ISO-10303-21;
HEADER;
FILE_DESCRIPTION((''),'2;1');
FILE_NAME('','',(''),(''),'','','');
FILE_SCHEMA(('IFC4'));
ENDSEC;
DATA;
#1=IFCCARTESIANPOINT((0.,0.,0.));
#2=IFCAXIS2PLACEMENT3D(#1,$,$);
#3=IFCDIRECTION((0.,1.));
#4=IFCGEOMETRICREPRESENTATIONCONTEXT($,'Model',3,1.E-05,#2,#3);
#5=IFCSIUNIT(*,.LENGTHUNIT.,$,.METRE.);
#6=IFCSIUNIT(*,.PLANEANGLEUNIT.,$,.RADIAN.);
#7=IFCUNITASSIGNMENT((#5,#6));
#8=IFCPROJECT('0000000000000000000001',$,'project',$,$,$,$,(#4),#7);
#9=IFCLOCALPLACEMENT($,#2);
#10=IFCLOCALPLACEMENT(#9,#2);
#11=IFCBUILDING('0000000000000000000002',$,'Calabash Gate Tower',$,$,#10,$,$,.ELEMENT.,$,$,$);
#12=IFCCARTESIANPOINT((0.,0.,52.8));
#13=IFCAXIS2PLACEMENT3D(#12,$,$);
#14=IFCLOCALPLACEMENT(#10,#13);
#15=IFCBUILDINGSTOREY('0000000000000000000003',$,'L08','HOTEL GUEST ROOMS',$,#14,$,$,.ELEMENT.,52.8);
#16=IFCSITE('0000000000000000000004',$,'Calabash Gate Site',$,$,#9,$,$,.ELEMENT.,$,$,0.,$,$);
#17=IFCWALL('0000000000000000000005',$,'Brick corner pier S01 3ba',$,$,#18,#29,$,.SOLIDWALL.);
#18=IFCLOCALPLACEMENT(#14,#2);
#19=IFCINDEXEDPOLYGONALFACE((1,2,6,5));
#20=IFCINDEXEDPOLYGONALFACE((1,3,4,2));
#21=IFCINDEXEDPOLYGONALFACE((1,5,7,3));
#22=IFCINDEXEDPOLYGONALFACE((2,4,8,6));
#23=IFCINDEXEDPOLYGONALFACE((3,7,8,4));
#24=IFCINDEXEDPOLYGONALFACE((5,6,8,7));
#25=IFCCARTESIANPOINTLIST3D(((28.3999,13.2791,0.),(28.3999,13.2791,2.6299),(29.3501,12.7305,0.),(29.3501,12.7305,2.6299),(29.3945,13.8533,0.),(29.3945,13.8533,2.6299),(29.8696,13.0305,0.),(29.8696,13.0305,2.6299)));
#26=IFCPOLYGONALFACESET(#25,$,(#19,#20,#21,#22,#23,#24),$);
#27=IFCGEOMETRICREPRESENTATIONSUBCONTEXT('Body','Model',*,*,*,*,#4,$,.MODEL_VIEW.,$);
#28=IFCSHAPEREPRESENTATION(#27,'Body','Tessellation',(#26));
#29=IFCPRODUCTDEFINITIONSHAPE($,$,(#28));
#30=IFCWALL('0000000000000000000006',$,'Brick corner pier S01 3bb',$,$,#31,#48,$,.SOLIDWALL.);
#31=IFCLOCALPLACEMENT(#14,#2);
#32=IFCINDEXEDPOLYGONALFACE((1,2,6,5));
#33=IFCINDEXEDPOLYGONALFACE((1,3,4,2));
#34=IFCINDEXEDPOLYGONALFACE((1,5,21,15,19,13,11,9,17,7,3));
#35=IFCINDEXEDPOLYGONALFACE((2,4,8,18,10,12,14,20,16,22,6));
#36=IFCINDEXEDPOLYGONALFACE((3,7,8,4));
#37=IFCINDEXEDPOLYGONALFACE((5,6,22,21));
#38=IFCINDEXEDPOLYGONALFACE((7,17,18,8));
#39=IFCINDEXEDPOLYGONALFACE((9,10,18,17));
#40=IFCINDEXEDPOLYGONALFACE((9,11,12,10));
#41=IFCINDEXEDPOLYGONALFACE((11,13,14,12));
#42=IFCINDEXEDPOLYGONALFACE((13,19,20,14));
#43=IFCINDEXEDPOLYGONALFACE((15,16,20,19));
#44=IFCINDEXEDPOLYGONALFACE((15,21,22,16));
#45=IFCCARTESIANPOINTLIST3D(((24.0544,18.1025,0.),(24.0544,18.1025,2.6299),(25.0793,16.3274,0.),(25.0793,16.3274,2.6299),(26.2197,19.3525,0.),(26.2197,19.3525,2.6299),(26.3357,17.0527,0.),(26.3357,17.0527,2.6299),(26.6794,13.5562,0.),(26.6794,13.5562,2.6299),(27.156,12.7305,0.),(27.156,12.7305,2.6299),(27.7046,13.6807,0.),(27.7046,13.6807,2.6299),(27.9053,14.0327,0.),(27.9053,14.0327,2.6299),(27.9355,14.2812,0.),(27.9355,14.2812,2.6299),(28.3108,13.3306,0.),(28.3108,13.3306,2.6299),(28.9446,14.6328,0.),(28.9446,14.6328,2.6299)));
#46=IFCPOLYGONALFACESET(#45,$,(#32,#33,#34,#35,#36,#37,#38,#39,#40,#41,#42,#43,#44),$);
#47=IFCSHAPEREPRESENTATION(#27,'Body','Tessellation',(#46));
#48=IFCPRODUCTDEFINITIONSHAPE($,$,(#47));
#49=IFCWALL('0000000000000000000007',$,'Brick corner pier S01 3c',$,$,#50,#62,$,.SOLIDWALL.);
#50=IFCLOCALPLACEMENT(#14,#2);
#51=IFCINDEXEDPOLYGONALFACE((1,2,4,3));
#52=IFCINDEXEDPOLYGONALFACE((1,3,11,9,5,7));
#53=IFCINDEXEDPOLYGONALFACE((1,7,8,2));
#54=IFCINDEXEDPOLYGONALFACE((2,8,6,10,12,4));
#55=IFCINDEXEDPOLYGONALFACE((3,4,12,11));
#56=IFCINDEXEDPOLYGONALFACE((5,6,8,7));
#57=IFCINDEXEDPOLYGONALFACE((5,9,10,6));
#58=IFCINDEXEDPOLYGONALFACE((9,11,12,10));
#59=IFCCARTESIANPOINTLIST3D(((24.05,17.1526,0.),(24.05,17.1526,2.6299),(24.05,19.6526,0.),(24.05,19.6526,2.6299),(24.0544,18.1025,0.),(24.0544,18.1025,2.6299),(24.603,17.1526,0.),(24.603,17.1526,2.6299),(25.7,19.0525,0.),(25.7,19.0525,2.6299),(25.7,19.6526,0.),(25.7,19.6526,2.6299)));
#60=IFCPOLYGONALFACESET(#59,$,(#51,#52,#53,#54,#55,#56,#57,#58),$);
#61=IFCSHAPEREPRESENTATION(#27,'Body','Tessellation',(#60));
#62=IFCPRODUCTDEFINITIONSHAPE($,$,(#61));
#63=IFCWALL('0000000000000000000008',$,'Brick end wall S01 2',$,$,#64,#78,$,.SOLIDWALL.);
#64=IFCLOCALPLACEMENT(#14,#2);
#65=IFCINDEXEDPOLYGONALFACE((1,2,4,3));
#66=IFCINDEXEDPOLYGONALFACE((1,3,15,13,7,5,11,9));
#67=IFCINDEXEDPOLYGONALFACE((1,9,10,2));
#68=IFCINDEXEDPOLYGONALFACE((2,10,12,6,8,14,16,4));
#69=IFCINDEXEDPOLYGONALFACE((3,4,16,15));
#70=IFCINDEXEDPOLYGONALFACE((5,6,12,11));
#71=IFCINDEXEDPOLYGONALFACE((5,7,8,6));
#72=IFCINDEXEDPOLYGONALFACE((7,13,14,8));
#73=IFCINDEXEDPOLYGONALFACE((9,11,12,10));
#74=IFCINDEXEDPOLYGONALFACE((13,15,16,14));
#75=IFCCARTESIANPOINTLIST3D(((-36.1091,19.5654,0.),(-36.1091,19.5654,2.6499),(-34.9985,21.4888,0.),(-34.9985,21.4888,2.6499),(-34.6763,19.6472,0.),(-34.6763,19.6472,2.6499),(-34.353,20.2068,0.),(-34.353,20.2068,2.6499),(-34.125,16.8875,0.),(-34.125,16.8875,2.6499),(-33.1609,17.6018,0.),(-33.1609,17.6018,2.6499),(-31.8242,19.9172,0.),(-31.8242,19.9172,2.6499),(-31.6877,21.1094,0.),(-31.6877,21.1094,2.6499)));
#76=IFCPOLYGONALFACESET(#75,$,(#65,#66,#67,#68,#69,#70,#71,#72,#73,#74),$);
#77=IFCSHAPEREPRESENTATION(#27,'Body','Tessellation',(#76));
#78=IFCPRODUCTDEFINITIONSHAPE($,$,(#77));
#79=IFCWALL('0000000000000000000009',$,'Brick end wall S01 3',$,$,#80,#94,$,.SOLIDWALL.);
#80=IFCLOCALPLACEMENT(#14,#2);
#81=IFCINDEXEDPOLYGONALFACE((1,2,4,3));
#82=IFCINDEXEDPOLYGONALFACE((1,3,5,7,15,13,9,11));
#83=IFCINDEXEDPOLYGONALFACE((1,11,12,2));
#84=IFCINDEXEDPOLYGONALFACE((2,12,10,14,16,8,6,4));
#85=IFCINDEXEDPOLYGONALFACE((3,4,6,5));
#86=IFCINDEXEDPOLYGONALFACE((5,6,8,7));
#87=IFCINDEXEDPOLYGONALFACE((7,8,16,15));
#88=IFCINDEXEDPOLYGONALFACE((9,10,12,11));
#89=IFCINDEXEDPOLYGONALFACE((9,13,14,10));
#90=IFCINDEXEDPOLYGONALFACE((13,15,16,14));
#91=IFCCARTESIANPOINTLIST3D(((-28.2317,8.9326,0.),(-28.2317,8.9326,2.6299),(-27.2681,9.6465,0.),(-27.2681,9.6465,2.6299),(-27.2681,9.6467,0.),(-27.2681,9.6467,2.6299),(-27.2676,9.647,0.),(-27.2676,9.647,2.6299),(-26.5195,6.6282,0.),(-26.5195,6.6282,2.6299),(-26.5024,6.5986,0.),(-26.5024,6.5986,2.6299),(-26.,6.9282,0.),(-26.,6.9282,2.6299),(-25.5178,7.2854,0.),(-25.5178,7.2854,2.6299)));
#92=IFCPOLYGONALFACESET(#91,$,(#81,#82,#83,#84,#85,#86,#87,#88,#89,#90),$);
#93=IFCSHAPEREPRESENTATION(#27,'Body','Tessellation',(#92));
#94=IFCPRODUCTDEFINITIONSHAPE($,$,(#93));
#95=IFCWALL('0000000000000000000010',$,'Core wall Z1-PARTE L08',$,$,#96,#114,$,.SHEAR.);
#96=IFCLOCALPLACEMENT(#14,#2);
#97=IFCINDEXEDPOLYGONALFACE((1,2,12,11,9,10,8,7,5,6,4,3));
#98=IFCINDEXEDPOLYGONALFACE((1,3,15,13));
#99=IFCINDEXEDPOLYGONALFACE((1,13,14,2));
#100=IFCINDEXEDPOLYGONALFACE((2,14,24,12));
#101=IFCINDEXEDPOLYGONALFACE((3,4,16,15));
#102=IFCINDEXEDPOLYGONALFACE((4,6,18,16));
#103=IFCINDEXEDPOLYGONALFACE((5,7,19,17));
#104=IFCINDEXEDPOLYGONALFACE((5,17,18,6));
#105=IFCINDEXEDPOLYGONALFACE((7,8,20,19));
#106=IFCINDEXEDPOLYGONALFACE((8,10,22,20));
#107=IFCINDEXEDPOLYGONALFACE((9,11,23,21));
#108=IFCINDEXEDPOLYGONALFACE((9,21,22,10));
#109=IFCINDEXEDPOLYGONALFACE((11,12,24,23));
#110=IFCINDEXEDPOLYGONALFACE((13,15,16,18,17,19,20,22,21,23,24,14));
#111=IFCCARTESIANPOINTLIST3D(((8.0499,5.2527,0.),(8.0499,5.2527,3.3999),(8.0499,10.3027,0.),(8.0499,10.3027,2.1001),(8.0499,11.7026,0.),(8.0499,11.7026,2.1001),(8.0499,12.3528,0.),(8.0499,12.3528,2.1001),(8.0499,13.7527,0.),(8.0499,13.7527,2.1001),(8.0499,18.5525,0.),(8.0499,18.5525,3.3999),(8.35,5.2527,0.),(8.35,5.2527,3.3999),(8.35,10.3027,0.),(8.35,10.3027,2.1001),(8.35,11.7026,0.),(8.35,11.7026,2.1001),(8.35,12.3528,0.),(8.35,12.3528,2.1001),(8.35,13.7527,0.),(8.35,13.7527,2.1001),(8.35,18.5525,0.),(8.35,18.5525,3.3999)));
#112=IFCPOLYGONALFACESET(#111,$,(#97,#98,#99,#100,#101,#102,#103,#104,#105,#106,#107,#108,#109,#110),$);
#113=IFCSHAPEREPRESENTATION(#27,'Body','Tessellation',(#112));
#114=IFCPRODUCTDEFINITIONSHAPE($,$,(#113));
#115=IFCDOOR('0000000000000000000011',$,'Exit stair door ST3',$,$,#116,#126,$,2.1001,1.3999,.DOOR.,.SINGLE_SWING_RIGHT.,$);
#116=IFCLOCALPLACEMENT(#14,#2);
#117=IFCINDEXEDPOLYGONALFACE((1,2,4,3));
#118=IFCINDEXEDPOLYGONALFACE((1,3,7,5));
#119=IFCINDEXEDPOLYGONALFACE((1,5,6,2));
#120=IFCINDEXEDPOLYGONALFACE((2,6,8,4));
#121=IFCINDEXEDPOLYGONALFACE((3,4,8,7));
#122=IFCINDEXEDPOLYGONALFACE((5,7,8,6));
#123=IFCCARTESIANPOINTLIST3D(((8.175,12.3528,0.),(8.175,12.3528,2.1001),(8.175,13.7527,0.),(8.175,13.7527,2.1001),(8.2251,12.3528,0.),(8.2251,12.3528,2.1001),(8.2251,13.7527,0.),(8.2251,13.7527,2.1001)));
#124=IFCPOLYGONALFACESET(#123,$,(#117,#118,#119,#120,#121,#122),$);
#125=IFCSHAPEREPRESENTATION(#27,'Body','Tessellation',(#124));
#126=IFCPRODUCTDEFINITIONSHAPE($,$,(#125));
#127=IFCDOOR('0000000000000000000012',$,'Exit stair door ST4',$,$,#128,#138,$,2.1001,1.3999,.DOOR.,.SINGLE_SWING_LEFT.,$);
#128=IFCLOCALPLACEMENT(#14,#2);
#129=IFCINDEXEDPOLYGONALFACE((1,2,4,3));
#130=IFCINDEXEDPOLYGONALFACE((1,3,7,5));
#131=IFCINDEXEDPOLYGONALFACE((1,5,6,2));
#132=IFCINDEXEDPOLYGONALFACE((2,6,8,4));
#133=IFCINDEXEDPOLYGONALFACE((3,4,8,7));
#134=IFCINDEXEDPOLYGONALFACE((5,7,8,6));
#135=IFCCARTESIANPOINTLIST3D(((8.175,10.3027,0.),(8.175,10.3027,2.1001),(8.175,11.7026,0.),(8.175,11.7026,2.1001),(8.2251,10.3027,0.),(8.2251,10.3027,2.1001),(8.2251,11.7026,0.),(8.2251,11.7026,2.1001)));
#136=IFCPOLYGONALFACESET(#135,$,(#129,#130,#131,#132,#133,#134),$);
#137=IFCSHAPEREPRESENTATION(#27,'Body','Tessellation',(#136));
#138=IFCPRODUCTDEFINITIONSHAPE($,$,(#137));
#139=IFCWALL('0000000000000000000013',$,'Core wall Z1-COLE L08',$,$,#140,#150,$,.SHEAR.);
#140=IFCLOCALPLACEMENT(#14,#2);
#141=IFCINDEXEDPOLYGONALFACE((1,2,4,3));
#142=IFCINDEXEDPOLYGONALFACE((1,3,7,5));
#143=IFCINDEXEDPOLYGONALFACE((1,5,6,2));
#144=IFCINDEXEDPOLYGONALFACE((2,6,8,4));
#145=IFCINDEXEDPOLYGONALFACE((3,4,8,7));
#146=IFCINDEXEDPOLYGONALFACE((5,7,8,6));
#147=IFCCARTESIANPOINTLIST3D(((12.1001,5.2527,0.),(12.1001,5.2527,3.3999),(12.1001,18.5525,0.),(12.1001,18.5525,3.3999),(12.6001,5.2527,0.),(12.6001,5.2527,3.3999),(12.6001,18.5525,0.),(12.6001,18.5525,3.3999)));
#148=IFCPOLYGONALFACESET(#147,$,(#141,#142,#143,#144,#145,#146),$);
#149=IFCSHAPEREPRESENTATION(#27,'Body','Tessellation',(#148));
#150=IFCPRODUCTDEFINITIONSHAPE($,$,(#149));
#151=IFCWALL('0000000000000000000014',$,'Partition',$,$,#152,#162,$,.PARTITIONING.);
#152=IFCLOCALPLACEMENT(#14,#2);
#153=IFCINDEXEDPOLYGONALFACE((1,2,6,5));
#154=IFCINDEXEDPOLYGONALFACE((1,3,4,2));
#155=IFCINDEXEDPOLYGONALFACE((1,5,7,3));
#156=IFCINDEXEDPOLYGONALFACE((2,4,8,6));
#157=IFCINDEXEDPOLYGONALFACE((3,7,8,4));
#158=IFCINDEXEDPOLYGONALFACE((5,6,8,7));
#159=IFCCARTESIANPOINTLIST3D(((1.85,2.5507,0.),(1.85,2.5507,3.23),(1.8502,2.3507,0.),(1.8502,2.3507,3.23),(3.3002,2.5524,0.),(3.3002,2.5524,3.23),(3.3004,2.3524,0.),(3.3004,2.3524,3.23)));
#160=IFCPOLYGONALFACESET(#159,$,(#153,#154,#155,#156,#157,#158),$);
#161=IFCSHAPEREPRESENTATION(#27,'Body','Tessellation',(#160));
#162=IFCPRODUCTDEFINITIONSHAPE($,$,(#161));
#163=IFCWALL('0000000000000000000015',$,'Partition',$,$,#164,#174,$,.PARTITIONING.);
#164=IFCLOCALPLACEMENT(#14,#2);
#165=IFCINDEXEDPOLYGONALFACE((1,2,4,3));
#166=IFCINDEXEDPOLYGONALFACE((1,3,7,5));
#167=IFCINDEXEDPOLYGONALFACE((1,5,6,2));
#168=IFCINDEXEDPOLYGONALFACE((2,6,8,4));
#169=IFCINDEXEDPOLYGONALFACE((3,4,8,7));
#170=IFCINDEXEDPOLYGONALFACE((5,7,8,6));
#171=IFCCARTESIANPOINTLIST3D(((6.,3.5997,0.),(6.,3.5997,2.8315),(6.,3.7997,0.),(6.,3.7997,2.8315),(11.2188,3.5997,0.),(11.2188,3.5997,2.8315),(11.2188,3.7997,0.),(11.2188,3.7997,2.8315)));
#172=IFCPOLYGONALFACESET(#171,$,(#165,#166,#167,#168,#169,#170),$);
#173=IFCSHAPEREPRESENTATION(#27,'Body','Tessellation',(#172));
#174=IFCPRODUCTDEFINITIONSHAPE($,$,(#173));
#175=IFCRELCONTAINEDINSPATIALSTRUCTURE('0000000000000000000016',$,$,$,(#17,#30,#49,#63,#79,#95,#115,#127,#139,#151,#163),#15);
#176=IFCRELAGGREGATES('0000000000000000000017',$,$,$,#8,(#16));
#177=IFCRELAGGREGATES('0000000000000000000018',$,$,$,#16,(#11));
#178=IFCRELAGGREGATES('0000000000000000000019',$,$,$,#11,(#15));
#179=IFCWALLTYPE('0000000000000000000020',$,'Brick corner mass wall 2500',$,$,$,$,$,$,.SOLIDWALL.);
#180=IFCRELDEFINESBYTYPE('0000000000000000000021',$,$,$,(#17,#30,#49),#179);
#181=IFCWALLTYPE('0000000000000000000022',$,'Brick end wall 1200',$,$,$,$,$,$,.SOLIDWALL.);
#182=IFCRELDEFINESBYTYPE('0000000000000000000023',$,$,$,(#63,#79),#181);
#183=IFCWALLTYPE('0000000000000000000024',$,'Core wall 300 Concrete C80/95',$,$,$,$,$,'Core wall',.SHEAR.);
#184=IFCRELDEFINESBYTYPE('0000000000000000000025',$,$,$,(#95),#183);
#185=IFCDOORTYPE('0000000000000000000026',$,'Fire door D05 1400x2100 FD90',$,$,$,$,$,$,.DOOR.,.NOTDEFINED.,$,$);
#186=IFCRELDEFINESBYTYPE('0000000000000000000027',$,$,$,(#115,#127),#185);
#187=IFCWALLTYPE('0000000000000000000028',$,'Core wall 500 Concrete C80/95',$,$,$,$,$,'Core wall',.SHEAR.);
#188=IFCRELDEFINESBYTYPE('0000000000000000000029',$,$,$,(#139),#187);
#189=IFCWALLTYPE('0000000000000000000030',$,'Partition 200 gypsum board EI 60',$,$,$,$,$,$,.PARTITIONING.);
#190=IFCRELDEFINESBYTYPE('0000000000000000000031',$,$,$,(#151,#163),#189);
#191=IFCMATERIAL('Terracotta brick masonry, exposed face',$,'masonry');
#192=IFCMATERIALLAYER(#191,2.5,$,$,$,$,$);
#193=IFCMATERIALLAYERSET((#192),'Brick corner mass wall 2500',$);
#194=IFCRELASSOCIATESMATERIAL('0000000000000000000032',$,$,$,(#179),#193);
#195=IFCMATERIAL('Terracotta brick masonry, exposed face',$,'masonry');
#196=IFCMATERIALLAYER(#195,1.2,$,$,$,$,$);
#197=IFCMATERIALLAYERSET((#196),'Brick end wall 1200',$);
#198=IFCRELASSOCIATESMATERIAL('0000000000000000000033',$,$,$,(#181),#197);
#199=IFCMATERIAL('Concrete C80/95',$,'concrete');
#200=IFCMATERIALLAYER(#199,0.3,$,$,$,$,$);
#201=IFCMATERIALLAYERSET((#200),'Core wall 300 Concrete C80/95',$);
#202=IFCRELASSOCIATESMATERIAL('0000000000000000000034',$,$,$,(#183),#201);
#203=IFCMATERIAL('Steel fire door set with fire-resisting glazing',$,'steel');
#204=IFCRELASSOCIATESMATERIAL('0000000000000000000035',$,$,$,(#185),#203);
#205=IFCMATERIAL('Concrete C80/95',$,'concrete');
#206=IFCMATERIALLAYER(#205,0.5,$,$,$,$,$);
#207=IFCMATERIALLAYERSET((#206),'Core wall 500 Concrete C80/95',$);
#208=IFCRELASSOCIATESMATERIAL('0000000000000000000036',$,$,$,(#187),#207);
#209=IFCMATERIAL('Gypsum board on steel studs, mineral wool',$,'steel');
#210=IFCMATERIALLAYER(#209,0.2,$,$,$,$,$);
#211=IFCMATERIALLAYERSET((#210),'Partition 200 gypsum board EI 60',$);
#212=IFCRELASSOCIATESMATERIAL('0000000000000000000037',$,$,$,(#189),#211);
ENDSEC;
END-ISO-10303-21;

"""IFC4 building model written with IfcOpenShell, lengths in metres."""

from ifc_helpers import new_model, si_unit, direction, frame, frame_2d, origin, place, context, subcontext, project, spatial, polyline, rectangle, outline, extrude, material, layer, layer_set, type_object, element, fill, save


model = new_model("IFC4")

# Units and contexts
model_context = context("Model", 3, precision=1e-05, world=origin(), true_north=direction((0.0, 1.0)))
body_context = subcontext(model_context, "Body", "Model", "MODEL_VIEW")
ifc_project = project(units=[si_unit("LENGTHUNIT", "METRE"), si_unit("PLANEANGLEUNIT", "RADIAN")], contexts=[model_context])

# Site, building, storey
site_placement = place(None, origin())
site = spatial("IfcSite", under=ifc_project, at=site_placement, Name="Calabash Gate Site", CompositionType="ELEMENT", RefElevation=0.0)
building_placement = place(site_placement, origin())
building = spatial("IfcBuilding", under=site, at=building_placement, Name="Calabash Gate Tower", CompositionType="ELEMENT")
storey_placement = place(building_placement, frame((0.0, 0.0, 52.8)))
storey = spatial("IfcBuildingStorey", under=building, at=storey_placement, Name="L08", Description="HOTEL GUEST ROOMS", CompositionType="ELEMENT", Elevation=52.8)

# Walls
ifc_material_1 = material(Name="Terracotta brick masonry, exposed face", Category="masonry")
ifc_layer_1 = layer(ifc_material_1, 2.5)
ifc_layer_set_1 = layer_set([ifc_layer_1], Name="Brick corner mass wall 2500")
wall_type_1 = type_object("IfcWallType", Name="Brick corner mass wall 2500", PredefinedType="SOLIDWALL", material=ifc_layer_set_1)
wall_1_placement = place(storey_placement, origin())
element("IfcWall", 1, at=wall_1_placement, inside=storey, type_object=wall_type_1, Name="Brick corner pier S01 3ba", PredefinedType="SOLIDWALL", context=body_context, shape_type="SweptSolid", body=[
    extrude(outline(polyline([(29.3501, 12.7305), (29.8696, 13.0305), (29.3945, 13.8533), (28.3999, 13.2791), (29.3501, 12.7305)])), origin(), (0.0, 0.0, 1.0), 2.6299),
])
wall_2_placement = place(storey_placement, origin())
element("IfcWall", 2, at=wall_2_placement, inside=storey, type_object=wall_type_1, Name="Brick corner pier S01 3bb", PredefinedType="SOLIDWALL", context=body_context, shape_type="SweptSolid", body=[
    extrude(outline(polyline([(27.9355, 14.2812), (26.6794, 13.5562), (27.156, 12.7305), (27.7046, 13.6807), (28.3108, 13.3306), (27.9053, 14.0327), (28.9446, 14.6328), (26.2197, 19.3525), (24.0544, 18.1025), (25.0793, 16.3274), (26.3357, 17.0527), (27.9355, 14.2812)])), origin(), (0.0, 0.0, 1.0), 2.6299),
])
wall_3_placement = place(storey_placement, origin())
element("IfcWall", 3, at=wall_3_placement, inside=storey, type_object=wall_type_1, Name="Brick corner pier S01 3c", PredefinedType="SOLIDWALL", context=body_context, shape_type="SweptSolid", body=[
    extrude(outline(polyline([(24.05, 19.6526), (24.05, 17.1526), (24.603, 17.1526), (24.0544, 18.1025), (25.7, 19.0525), (25.7, 19.6526), (24.05, 19.6526)])), origin(), (0.0, 0.0, 1.0), 2.6299),
])
ifc_material_2 = material(Name="Terracotta brick masonry, exposed face", Category="masonry")
ifc_layer_2 = layer(ifc_material_2, 1.2)
ifc_layer_set_2 = layer_set([ifc_layer_2], Name="Brick end wall 1200")
wall_type_2 = type_object("IfcWallType", Name="Brick end wall 1200", PredefinedType="SOLIDWALL", material=ifc_layer_set_2)
wall_4_placement = place(storey_placement, origin())
element("IfcWall", 4, at=wall_4_placement, inside=storey, type_object=wall_type_2, Name="Brick end wall S01 2", PredefinedType="SOLIDWALL", context=body_context, shape_type="SweptSolid", body=[
    extrude(outline(polyline([(-31.6877, 21.1094), (-34.9985, 21.4888), (-36.1091, 19.5654), (-34.125, 16.8875), (-33.1609, 17.6018), (-34.6763, 19.6472), (-34.353, 20.2068), (-31.8242, 19.9172), (-31.6877, 21.1094)])), origin(), (0.0, 0.0, 1.0), 2.6499),
])
wall_5_placement = place(storey_placement, origin())
element("IfcWall", 5, at=wall_5_placement, inside=storey, type_object=wall_type_2, Name="Brick end wall S01 3", PredefinedType="SOLIDWALL", context=body_context, shape_type="SweptSolid", body=[
    extrude(outline(polyline([(-25.5178, 7.2854), (-27.2676, 9.647), (-27.2681, 9.6467), (-27.2681, 9.6465), (-28.2317, 8.9326), (-26.5024, 6.5986), (-26.5195, 6.6282), (-26.0, 6.9282), (-25.5178, 7.2854)])), origin(), (0.0, 0.0, 1.0), 2.6299),
])

# Wall, openings, doors
ifc_material_3 = material(Name="Concrete C80/95", Category="concrete")
ifc_layer_3 = layer(ifc_material_3, 0.3)
ifc_layer_set_3 = layer_set([ifc_layer_3], Name="Core wall 300 Concrete C80/95")
wall_type_3 = type_object("IfcWallType", Name="Core wall 300 Concrete C80/95", ElementType="Core wall", PredefinedType="SHEAR", material=ifc_layer_set_3)
wall_6_placement = place(storey_placement, frame((8.2, 5.2527, 0.0), z_axis=(0.0, 0.0, 1.0), x_axis=(0.0, 1.0, 0.0)))
wall_6 = element("IfcWall", 6, at=wall_6_placement, inside=storey, type_object=wall_type_3, Name="Core wall Z1-PARTE L08", PredefinedType="SHEAR", context=body_context, shape_type="SweptSolid", body=[
    extrude(rectangle(XDim=13.2998, YDim=0.3, at=frame_2d((6.6499, 0.0))), origin(), (0.0, 0.0, 1.0), 3.3999),
])
opening_1_placement = place(wall_6_placement, frame((7.1001, 0.0, 0.0)))
opening_1 = element("IfcOpeningElement", 7, at=opening_1_placement, cuts=wall_6, PredefinedType="OPENING", context=body_context, shape_type="SweptSolid", body=[
    extrude(rectangle(XDim=1.3999, YDim=2.1001, at=frame_2d((0.7, 1.05))), frame((0.0, 0.1599, 0.0), z_axis=(0.0, -1.0, 0.0), x_axis=(1.0, 0.0, 0.0)), (0.0, 0.0, 1.0), 0.3201),
])
opening_2_placement = place(wall_6_placement, frame((5.05, 0.0, 0.0)))
opening_2 = element("IfcOpeningElement", 8, at=opening_2_placement, cuts=wall_6, PredefinedType="OPENING", context=body_context, shape_type="SweptSolid", body=[
    extrude(rectangle(XDim=1.3999, YDim=2.1001, at=frame_2d((0.7, 1.05))), frame((0.0, 0.1599, 0.0), z_axis=(0.0, -1.0, 0.0), x_axis=(1.0, 0.0, 0.0)), (0.0, 0.0, 1.0), 0.3201),
])
ifc_material_4 = material(Name="Steel fire door set with fire-resisting glazing", Category="steel")
door_type = type_object("IfcDoorType", Name="Fire door D05 1400x2100 FD90", OperationType="NOTDEFINED", PredefinedType="DOOR", material=ifc_material_4)
door_1_placement = place(opening_1_placement, origin())
door_1 = element("IfcDoor", 9, at=door_1_placement, inside=storey, type_object=door_type, Name="Exit stair door ST3", OperationType="SINGLE_SWING_RIGHT", OverallHeight=2.1001, OverallWidth=1.3999, PredefinedType="DOOR", context=body_context, shape_type="SweptSolid", body=[
    extrude(rectangle(XDim=1.3999, YDim=2.1001, at=frame_2d((0.7, 1.05))), frame((0.0, 0.0249, 0.0), z_axis=(0.0, -1.0, 0.0), x_axis=(1.0, 0.0, 0.0)), (0.0, 0.0, 1.0), 0.05),
])
fill(opening_1, door_1)
door_2_placement = place(opening_2_placement, origin())
door_2 = element("IfcDoor", 10, at=door_2_placement, inside=storey, type_object=door_type, Name="Exit stair door ST4", OperationType="SINGLE_SWING_LEFT", OverallHeight=2.1001, OverallWidth=1.3999, PredefinedType="DOOR", context=body_context, shape_type="SweptSolid", body=[
    extrude(rectangle(XDim=1.3999, YDim=2.1001, at=frame_2d((0.7, 1.05))), frame((0.0, 0.0249, 0.0), z_axis=(0.0, -1.0, 0.0), x_axis=(1.0, 0.0, 0.0)), (0.0, 0.0, 1.0), 0.05),
])
fill(opening_2, door_2)

# Walls
ifc_material_5 = material(Name="Concrete C80/95", Category="concrete")
ifc_layer_4 = layer(ifc_material_5, 0.5)
ifc_layer_set_4 = layer_set([ifc_layer_4], Name="Core wall 500 Concrete C80/95")
wall_type_4 = type_object("IfcWallType", Name="Core wall 500 Concrete C80/95", ElementType="Core wall", PredefinedType="SHEAR", material=ifc_layer_set_4)
wall_7_placement = place(storey_placement, frame((12.3501, 5.2527, 0.0), z_axis=(0.0, 0.0, 1.0), x_axis=(0.0, 1.0, 0.0)))
element("IfcWall", 11, at=wall_7_placement, inside=storey, type_object=wall_type_4, Name="Core wall Z1-COLE L08", PredefinedType="SHEAR", context=body_context, shape_type="SweptSolid", body=[
    extrude(rectangle(XDim=13.2998, YDim=0.5, at=frame_2d((6.6499, 0.0))), origin(), (0.0, 0.0, 1.0), 3.3999),
])
ifc_material_6 = material(Name="Gypsum board on steel studs, mineral wool", Category="steel")
ifc_layer_5 = layer(ifc_material_6, 0.2)
ifc_layer_set_5 = layer_set([ifc_layer_5], Name="Partition 200 gypsum board EI 60")
wall_type_5 = type_object("IfcWallType", Name="Partition 200 gypsum board EI 60", PredefinedType="PARTITIONING", material=ifc_layer_set_5)
wall_8_placement = place(storey_placement, frame((1.8501, 2.4507, 0.0), z_axis=(0.0, 0.0, 1.0), x_axis=(0.999999, 0.001178, 0.0)))
element("IfcWall", 12, at=wall_8_placement, inside=storey, type_object=wall_type_5, Name="Partition", PredefinedType="PARTITIONING", context=body_context, shape_type="SweptSolid", body=[
    extrude(rectangle(XDim=1.4502, YDim=0.2, at=frame_2d((0.7251, 0.0))), origin(), (0.0, 0.0, 1.0), 3.23),
])
wall_9_placement = place(storey_placement, frame((6.0, 3.6997, 0.0), z_axis=(0.0, 0.0, 1.0), x_axis=(1.0, 0.0, 0.0)))
element("IfcWall", 13, at=wall_9_placement, inside=storey, type_object=wall_type_5, Name="Partition", PredefinedType="PARTITIONING", context=body_context, shape_type="SweptSolid", body=[
    extrude(rectangle(XDim=5.2188, YDim=0.2, at=frame_2d((2.6094, 0.0))), origin(), (0.0, 0.0, 1.0), 2.8315),
])

save(model, "model.ifc")
